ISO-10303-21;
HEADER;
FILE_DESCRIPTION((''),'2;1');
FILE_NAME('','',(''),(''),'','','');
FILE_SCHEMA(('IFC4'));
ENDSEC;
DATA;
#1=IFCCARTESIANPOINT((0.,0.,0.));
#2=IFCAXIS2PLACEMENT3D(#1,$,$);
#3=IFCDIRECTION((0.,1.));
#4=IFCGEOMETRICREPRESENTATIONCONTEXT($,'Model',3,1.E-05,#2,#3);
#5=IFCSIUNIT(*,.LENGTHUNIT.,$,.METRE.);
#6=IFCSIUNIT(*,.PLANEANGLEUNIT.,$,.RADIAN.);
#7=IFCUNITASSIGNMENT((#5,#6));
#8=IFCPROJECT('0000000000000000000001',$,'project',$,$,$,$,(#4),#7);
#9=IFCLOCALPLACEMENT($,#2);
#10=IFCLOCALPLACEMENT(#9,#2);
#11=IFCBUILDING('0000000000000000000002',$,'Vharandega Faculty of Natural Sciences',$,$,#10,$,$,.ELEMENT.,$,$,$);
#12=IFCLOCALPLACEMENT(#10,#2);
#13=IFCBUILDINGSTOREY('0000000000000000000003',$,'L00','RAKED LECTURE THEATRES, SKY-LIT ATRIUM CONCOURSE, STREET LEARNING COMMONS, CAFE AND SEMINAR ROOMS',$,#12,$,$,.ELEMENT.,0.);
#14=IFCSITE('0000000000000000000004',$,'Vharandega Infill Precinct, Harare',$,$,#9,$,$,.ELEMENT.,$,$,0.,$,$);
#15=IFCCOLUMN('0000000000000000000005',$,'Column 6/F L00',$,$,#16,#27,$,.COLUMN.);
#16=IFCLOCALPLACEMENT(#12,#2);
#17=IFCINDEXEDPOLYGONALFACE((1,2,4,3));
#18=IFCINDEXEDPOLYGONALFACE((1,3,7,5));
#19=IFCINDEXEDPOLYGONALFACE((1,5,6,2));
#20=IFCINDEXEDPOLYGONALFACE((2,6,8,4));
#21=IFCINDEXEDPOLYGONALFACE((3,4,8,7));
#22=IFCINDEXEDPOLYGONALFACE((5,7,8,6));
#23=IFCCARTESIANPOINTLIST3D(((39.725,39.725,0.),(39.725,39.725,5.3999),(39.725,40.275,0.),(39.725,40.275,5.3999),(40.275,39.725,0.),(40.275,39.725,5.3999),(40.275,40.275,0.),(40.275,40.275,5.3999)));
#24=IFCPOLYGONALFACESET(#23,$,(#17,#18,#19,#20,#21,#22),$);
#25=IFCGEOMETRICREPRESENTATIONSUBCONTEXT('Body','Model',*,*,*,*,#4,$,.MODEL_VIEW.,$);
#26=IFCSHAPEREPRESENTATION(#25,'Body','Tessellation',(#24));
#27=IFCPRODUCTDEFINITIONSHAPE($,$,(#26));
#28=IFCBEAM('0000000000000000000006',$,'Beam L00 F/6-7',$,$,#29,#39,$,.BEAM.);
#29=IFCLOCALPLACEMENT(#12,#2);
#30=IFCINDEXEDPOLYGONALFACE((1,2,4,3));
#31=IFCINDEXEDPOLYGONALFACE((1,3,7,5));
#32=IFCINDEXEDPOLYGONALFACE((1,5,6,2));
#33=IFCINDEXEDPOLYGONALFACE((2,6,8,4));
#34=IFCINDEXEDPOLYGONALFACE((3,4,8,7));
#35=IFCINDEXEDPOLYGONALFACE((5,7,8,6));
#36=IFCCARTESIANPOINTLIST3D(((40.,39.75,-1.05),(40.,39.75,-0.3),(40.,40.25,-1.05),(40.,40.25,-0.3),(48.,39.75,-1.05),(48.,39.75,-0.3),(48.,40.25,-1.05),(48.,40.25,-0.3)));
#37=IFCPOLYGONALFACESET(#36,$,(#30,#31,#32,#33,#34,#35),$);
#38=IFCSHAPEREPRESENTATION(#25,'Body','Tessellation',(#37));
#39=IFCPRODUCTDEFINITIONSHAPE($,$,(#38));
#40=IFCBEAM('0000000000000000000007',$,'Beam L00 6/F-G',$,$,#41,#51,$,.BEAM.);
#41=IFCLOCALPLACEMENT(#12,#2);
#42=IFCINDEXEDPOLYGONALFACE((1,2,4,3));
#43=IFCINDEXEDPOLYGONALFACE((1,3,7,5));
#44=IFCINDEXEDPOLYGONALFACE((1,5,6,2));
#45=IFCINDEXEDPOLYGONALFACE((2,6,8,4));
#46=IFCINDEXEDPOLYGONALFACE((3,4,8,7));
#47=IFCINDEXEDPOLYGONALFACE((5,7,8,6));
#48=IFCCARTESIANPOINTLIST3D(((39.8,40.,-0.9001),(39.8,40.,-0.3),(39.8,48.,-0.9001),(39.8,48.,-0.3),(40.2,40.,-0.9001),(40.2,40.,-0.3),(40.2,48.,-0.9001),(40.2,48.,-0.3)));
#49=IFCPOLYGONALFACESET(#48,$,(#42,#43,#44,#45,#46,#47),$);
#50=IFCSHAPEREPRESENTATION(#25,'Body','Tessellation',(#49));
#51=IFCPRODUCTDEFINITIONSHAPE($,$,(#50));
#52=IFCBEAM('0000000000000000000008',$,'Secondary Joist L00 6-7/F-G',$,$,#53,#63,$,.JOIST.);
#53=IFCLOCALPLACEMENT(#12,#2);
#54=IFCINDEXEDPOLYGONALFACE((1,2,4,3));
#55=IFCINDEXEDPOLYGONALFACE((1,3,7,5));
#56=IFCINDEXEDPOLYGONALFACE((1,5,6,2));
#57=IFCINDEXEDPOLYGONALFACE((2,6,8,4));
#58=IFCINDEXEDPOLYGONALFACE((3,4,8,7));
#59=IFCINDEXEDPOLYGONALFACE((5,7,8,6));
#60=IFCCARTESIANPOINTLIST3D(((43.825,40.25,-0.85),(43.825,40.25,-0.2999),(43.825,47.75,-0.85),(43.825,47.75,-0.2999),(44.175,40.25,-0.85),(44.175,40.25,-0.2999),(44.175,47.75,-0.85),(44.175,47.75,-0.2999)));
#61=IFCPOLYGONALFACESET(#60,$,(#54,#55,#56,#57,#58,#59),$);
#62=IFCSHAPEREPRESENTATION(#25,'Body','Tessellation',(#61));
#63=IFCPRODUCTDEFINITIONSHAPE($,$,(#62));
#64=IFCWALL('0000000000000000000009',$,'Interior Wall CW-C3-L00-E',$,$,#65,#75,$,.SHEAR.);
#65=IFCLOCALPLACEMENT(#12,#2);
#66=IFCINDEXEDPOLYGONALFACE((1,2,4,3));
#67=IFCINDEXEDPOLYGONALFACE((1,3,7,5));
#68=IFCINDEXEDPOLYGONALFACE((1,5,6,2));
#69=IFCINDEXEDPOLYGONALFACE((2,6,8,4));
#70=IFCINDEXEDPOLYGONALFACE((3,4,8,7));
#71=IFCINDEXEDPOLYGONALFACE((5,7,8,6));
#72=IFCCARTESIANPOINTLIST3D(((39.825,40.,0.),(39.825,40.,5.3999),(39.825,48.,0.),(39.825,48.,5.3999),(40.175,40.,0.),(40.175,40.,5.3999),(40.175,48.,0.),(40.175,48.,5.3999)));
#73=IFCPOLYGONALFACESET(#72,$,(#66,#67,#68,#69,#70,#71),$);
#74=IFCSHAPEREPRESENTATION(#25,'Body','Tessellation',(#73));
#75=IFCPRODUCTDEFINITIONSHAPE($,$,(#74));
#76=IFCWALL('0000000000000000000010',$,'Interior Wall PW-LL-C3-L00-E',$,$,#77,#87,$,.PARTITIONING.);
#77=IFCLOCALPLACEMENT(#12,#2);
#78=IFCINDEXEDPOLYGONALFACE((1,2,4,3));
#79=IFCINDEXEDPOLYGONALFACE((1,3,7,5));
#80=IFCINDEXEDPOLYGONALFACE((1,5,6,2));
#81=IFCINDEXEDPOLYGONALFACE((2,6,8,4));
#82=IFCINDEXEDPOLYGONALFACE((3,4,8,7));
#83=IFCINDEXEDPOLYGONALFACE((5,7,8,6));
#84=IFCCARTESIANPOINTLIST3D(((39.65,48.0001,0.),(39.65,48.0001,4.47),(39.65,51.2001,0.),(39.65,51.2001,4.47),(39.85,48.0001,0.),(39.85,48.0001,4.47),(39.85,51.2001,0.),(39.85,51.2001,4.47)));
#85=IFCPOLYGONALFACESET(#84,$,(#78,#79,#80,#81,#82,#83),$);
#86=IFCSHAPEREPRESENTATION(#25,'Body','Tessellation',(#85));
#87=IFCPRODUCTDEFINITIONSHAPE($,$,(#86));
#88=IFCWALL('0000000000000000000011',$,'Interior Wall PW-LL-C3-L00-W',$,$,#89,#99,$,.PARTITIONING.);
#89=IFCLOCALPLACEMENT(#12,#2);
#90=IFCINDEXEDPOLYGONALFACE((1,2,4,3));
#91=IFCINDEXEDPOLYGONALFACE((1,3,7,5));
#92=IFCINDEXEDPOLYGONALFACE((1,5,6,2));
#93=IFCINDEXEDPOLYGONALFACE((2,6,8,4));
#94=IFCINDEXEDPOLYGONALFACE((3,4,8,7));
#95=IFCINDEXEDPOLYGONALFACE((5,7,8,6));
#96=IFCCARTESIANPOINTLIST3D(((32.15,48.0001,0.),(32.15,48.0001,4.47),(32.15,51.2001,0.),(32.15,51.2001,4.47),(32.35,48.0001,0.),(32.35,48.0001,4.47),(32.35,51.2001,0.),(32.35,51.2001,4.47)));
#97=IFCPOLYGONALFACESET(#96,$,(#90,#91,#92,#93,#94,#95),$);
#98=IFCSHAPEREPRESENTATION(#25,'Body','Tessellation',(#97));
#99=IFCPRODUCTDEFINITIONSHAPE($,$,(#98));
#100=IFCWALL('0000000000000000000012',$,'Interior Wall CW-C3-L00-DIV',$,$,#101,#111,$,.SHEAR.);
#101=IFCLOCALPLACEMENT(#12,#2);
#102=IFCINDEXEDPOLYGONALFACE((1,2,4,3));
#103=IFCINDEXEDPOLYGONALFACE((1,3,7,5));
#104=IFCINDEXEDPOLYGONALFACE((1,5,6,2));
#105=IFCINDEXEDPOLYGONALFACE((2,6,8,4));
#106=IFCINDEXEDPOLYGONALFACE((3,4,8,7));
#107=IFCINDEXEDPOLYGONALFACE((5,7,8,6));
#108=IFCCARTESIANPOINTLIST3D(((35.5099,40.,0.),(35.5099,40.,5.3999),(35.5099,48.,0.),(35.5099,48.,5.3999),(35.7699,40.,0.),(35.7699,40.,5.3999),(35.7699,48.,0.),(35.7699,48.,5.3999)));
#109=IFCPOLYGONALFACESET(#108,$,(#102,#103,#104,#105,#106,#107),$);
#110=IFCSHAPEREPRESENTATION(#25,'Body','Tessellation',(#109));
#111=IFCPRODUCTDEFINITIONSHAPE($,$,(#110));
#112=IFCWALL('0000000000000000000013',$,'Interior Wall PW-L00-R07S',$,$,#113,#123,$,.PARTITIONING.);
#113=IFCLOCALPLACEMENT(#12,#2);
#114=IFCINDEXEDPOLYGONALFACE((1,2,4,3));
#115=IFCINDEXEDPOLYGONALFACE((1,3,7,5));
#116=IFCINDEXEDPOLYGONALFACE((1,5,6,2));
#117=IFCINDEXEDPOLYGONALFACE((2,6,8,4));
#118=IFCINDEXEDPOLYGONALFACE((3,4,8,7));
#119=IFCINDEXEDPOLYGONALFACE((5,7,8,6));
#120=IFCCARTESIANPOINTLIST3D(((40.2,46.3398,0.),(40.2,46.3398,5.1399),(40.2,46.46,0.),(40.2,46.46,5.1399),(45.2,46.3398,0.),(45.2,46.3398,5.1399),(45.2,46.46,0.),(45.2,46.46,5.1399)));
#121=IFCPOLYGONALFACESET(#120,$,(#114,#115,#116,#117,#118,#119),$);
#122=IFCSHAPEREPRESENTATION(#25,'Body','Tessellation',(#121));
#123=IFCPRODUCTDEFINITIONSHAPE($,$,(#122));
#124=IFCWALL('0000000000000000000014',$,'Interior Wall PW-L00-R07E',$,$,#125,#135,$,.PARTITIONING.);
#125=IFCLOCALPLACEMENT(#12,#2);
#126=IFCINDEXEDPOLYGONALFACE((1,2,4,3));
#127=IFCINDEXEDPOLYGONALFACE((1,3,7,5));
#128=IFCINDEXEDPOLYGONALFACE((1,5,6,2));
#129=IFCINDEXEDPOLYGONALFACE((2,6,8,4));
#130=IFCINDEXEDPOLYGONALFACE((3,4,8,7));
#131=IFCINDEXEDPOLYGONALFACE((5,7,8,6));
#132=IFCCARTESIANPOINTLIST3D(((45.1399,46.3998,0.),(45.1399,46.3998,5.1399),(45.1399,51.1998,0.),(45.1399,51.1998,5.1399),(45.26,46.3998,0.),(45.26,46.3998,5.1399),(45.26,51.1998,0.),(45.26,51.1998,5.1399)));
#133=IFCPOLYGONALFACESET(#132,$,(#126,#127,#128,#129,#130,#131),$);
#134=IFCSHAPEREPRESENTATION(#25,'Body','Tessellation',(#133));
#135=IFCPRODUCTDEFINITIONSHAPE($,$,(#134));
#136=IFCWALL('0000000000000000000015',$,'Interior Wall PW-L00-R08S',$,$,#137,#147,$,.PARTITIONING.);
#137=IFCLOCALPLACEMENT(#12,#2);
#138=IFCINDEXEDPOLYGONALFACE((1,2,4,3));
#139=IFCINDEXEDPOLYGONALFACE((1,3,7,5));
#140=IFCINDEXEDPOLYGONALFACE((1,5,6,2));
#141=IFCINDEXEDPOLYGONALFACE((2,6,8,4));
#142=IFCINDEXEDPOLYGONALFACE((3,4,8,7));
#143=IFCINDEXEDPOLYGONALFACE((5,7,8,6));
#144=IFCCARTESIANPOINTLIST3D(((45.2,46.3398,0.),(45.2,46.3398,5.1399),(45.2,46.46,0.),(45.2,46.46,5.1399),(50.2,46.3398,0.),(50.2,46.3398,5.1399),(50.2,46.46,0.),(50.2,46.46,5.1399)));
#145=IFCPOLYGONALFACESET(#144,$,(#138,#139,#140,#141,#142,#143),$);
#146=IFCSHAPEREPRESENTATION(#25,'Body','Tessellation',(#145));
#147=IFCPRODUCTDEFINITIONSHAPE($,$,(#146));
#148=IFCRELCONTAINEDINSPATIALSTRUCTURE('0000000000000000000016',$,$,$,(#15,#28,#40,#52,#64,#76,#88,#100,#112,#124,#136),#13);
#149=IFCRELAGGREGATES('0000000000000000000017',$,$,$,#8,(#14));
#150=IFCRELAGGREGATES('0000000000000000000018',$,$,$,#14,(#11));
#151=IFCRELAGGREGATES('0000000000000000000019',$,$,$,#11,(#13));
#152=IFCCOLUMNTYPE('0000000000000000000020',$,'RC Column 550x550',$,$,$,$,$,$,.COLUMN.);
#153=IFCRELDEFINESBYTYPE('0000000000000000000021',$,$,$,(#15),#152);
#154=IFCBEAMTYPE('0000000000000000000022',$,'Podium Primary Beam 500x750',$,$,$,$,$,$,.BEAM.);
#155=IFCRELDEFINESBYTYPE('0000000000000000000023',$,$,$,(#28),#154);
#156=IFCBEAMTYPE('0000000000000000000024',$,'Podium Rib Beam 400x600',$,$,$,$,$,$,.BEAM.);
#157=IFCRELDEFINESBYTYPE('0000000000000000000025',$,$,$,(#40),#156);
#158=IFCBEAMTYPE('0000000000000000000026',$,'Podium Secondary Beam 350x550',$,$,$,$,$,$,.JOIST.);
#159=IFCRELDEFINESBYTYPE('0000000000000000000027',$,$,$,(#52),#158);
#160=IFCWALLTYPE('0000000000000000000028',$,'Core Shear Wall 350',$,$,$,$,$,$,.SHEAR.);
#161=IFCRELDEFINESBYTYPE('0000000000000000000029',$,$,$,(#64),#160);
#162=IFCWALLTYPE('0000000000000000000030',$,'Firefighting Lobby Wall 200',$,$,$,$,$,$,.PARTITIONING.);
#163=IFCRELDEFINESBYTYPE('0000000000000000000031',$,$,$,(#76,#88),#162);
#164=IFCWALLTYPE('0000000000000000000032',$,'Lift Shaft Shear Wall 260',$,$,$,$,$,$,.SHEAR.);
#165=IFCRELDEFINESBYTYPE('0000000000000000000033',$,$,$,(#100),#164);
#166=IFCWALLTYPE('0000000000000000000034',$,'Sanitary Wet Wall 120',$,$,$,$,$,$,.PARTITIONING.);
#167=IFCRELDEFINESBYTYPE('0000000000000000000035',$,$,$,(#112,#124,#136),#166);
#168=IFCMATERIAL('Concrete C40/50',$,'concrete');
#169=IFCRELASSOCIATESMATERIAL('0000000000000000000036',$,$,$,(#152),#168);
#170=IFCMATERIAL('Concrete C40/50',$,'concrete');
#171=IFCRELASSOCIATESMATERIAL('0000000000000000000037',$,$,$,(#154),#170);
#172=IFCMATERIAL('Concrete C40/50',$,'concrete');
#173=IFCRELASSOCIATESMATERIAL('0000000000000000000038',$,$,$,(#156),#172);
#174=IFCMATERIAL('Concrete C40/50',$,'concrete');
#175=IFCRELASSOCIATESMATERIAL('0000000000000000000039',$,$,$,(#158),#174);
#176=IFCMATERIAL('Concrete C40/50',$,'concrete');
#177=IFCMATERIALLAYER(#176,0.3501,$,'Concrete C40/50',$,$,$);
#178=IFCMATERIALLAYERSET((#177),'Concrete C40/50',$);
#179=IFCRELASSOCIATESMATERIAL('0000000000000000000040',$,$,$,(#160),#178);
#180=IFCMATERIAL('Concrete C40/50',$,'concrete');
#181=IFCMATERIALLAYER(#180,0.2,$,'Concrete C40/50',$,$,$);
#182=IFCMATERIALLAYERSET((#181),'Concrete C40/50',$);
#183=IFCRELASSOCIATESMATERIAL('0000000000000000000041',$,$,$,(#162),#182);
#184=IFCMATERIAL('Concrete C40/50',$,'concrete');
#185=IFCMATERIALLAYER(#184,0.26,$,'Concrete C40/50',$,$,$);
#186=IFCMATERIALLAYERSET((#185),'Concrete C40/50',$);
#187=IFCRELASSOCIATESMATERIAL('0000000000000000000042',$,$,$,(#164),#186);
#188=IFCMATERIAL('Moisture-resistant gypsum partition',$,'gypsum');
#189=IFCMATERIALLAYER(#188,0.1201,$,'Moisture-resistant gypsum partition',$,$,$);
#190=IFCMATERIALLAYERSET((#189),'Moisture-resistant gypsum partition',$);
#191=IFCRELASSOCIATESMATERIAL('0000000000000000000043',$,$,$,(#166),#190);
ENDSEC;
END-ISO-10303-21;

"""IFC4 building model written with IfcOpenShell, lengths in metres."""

from ifc_helpers import new_model, si_unit, direction, frame, frame_2d, origin, origin_2d, place, context, subcontext, project, spatial, rectangle, extrude, material, layer, layer_set, material_profile, profile_set, type_object, element, save


model = new_model("IFC4")

# Units and contexts
model_context = context("Model", 3, precision=1e-05, world=origin(), true_north=direction((0.0, 1.0)))
body_context = subcontext(model_context, "Body", "Model", "MODEL_VIEW")
ifc_project = project(units=[si_unit("LENGTHUNIT", "METRE"), si_unit("PLANEANGLEUNIT", "RADIAN")], contexts=[model_context])

# Site, building, storey
site_placement = place(None, origin())
site = spatial("IfcSite", under=ifc_project, at=site_placement, Name="Vharandega Infill Precinct, Harare", CompositionType="ELEMENT", RefElevation=0.0)
building_placement = place(site_placement, origin())
building = spatial("IfcBuilding", under=site, at=building_placement, Name="Vharandega Faculty of Natural Sciences", CompositionType="ELEMENT")
storey_placement = place(building_placement, origin())
storey = spatial("IfcBuildingStorey", under=building, at=storey_placement, Name="L00", Description="RAKED LECTURE THEATRES, SKY-LIT ATRIUM CONCOURSE, STREET LEARNING COMMONS, CAFE AND SEMINAR ROOMS", CompositionType="ELEMENT", Elevation=0.0)

# Column
ifc_material_1 = material(Name="Concrete C40/50", Category="concrete")
ifc_material_profile_1 = material_profile(ifc_material_1, rectangle(XDim=0.55, YDim=0.55, at=origin_2d()), Name="RC 550x550")
ifc_profile_set_1 = profile_set([ifc_material_profile_1], Name="Concrete C40/50")
column_type = type_object("IfcColumnType", Name="RC Column 550x550", PredefinedType="COLUMN", material=ifc_profile_set_1)
column_placement = place(storey_placement, frame((40.0, 40.0, 0.0), z_axis=(0.0, 0.0, 1.0), x_axis=(1.0, 0.0, 0.0)))
element("IfcColumn", 1, at=column_placement, inside=storey, type_object=column_type, Name="Column 6/F L00", PredefinedType="COLUMN", context=body_context, shape_type="SweptSolid", body=[
    extrude(rectangle(XDim=0.55, YDim=0.55, at=origin_2d()), origin(), (0.0, 0.0, 1.0), 5.3999),
])

# Beams
ifc_material_2 = material(Name="Concrete C40/50", Category="concrete")
ifc_material_profile_2 = material_profile(ifc_material_2, rectangle(XDim=0.5, YDim=0.75, at=origin_2d()), Name="RC 500x750")
ifc_profile_set_2 = profile_set([ifc_material_profile_2], Name="Concrete C40/50")
beam_type_1 = type_object("IfcBeamType", Name="Podium Primary Beam 500x750", PredefinedType="BEAM", material=ifc_profile_set_2)
beam_1_placement = place(storey_placement, frame((40.0, 40.0, -0.675), z_axis=(1.0, 0.0, 0.0), x_axis=(0.0, 1.0, 0.0)))
element("IfcBeam", 2, at=beam_1_placement, inside=storey, type_object=beam_type_1, Name="Beam L00 F/6-7", PredefinedType="BEAM", context=body_context, shape_type="SweptSolid", body=[
    extrude(rectangle(XDim=0.5, YDim=0.75, at=origin_2d()), origin(), (0.0, 0.0, 1.0), 8.0),
])
ifc_material_3 = material(Name="Concrete C40/50", Category="concrete")
ifc_material_profile_3 = material_profile(ifc_material_3, rectangle(XDim=0.3999, YDim=0.6001, at=origin_2d()), Name="RC 400x600")
ifc_profile_set_3 = profile_set([ifc_material_profile_3], Name="Concrete C40/50")
beam_type_2 = type_object("IfcBeamType", Name="Podium Rib Beam 400x600", PredefinedType="BEAM", material=ifc_profile_set_3)
beam_2_placement = place(storey_placement, frame((40.0, 40.0, -0.6001), z_axis=(0.0, 1.0, 0.0), x_axis=(-1.0, 0.0, 0.0)))
element("IfcBeam", 3, at=beam_2_placement, inside=storey, type_object=beam_type_2, Name="Beam L00 6/F-G", PredefinedType="BEAM", context=body_context, shape_type="SweptSolid", body=[
    extrude(rectangle(XDim=0.3999, YDim=0.6001, at=origin_2d()), origin(), (0.0, 0.0, 1.0), 8.0),
])
ifc_material_4 = material(Name="Concrete C40/50", Category="concrete")
ifc_material_profile_4 = material_profile(ifc_material_4, rectangle(XDim=0.3501, YDim=0.55, at=origin_2d()), Name="RC 350x550")
ifc_profile_set_4 = profile_set([ifc_material_profile_4], Name="Concrete C40/50")
beam_type_3 = type_object("IfcBeamType", Name="Podium Secondary Beam 350x550", PredefinedType="JOIST", material=ifc_profile_set_4)
beam_3_placement = place(storey_placement, frame((44.0, 40.25, -0.575), z_axis=(0.0, 1.0, 0.0), x_axis=(-1.0, 0.0, 0.0)))
element("IfcBeam", 4, at=beam_3_placement, inside=storey, type_object=beam_type_3, Name="Secondary Joist L00 6-7/F-G", PredefinedType="JOIST", context=body_context, shape_type="SweptSolid", body=[
    extrude(rectangle(XDim=0.3501, YDim=0.55, at=origin_2d()), origin(), (0.0, 0.0, 1.0), 7.5),
])

# Wall
ifc_material_5 = material(Name="Concrete C40/50", Category="concrete")
ifc_layer_1 = layer(ifc_material_5, 0.3501, Name="Concrete C40/50")
ifc_layer_set_1 = layer_set([ifc_layer_1], Name="Concrete C40/50")
wall_type_1 = type_object("IfcWallType", Name="Core Shear Wall 350", PredefinedType="SHEAR", material=ifc_layer_set_1)
wall_1_placement = place(storey_placement, frame((40.0, 40.0, 0.0), z_axis=(0.0, 0.0, 1.0), x_axis=(0.0, 1.0, 0.0)))
element("IfcWall", 5, at=wall_1_placement, inside=storey, type_object=wall_type_1, Name="Interior Wall CW-C3-L00-E", PredefinedType="SHEAR", context=body_context, shape_type="SweptSolid", body=[
    extrude(rectangle(XDim=8.0, YDim=0.3501, at=frame_2d((4.0, 0.0))), origin(), (0.0, 0.0, 1.0), 5.3999),
])

# Walls
ifc_material_6 = material(Name="Concrete C40/50", Category="concrete")
ifc_layer_2 = layer(ifc_material_6, 0.2, Name="Concrete C40/50")
ifc_layer_set_2 = layer_set([ifc_layer_2], Name="Concrete C40/50")
wall_type_2 = type_object("IfcWallType", Name="Firefighting Lobby Wall 200", PredefinedType="PARTITIONING", material=ifc_layer_set_2)
for number, where, z_axis, x_axis, name in (
    (6, (39.75, 48.0, 0.0), (0.0, 0.0, 1.0), (0.0, 1.0, 0.0), "Interior Wall PW-LL-C3-L00-E"),
    (7, (32.25, 48.0, 0.0), (0.0, 0.0, 1.0), (0.0, 1.0, 0.0), "Interior Wall PW-LL-C3-L00-W"),
):
    element("IfcWall", number, at=place(storey_placement, frame(where, z_axis=z_axis, x_axis=x_axis)), inside=storey, type_object=wall_type_2, Name=name, PredefinedType="PARTITIONING", context=body_context, shape_type="SweptSolid", body=[
        extrude(rectangle(XDim=3.2, YDim=0.2, at=frame_2d((1.6001, 0.0))), origin(), (0.0, 0.0, 1.0), 4.47),
    ])
ifc_material_7 = material(Name="Concrete C40/50", Category="concrete")
ifc_layer_3 = layer(ifc_material_7, 0.26, Name="Concrete C40/50")
ifc_layer_set_3 = layer_set([ifc_layer_3], Name="Concrete C40/50")
wall_type_3 = type_object("IfcWallType", Name="Lift Shaft Shear Wall 260", PredefinedType="SHEAR", material=ifc_layer_set_3)
wall_2_placement = place(storey_placement, frame((35.6399, 40.0, 0.0), z_axis=(0.0, 0.0, 1.0), x_axis=(0.0, 1.0, 0.0)))
element("IfcWall", 8, at=wall_2_placement, inside=storey, type_object=wall_type_3, Name="Interior Wall CW-C3-L00-DIV", PredefinedType="SHEAR", context=body_context, shape_type="SweptSolid", body=[
    extrude(rectangle(XDim=8.0, YDim=0.26, at=frame_2d((4.0, 0.0))), origin(), (0.0, 0.0, 1.0), 5.3999),
])
ifc_material_8 = material(Name="Moisture-resistant gypsum partition", Category="gypsum")
ifc_layer_4 = layer(ifc_material_8, 0.1201, Name="Moisture-resistant gypsum partition")
ifc_layer_set_4 = layer_set([ifc_layer_4], Name="Moisture-resistant gypsum partition")
wall_type_4 = type_object("IfcWallType", Name="Sanitary Wet Wall 120", PredefinedType="PARTITIONING", material=ifc_layer_set_4)
wall_3_placement = place(storey_placement, frame((40.2, 46.3999, 0.0), z_axis=(0.0, 0.0, 1.0), x_axis=(1.0, 0.0, 0.0)))
element("IfcWall", 9, at=wall_3_placement, inside=storey, type_object=wall_type_4, Name="Interior Wall PW-L00-R07S", PredefinedType="PARTITIONING", context=body_context, shape_type="SweptSolid", body=[
    extrude(rectangle(XDim=5.0, YDim=0.1201, at=frame_2d((2.5, 0.0))), origin(), (0.0, 0.0, 1.0), 5.1399),
])
wall_4_placement = place(storey_placement, frame((45.2, 46.3999, 0.0), z_axis=(0.0, 0.0, 1.0), x_axis=(0.0, 1.0, 0.0)))
element("IfcWall", 10, at=wall_4_placement, inside=storey, type_object=wall_type_4, Name="Interior Wall PW-L00-R07E", PredefinedType="PARTITIONING", context=body_context, shape_type="SweptSolid", body=[
    extrude(rectangle(XDim=4.8, YDim=0.1201, at=frame_2d((2.3999, 0.0))), origin(), (0.0, 0.0, 1.0), 5.1399),
])
wall_5_placement = place(storey_placement, frame((45.2, 46.3999, 0.0), z_axis=(0.0, 0.0, 1.0), x_axis=(1.0, 0.0, 0.0)))
element("IfcWall", 11, at=wall_5_placement, inside=storey, type_object=wall_type_4, Name="Interior Wall PW-L00-R08S", PredefinedType="PARTITIONING", context=body_context, shape_type="SweptSolid", body=[
    extrude(rectangle(XDim=5.0, YDim=0.1201, at=frame_2d((2.5, 0.0))), origin(), (0.0, 0.0, 1.0), 5.1399),
])

save(model, "model.ifc")
